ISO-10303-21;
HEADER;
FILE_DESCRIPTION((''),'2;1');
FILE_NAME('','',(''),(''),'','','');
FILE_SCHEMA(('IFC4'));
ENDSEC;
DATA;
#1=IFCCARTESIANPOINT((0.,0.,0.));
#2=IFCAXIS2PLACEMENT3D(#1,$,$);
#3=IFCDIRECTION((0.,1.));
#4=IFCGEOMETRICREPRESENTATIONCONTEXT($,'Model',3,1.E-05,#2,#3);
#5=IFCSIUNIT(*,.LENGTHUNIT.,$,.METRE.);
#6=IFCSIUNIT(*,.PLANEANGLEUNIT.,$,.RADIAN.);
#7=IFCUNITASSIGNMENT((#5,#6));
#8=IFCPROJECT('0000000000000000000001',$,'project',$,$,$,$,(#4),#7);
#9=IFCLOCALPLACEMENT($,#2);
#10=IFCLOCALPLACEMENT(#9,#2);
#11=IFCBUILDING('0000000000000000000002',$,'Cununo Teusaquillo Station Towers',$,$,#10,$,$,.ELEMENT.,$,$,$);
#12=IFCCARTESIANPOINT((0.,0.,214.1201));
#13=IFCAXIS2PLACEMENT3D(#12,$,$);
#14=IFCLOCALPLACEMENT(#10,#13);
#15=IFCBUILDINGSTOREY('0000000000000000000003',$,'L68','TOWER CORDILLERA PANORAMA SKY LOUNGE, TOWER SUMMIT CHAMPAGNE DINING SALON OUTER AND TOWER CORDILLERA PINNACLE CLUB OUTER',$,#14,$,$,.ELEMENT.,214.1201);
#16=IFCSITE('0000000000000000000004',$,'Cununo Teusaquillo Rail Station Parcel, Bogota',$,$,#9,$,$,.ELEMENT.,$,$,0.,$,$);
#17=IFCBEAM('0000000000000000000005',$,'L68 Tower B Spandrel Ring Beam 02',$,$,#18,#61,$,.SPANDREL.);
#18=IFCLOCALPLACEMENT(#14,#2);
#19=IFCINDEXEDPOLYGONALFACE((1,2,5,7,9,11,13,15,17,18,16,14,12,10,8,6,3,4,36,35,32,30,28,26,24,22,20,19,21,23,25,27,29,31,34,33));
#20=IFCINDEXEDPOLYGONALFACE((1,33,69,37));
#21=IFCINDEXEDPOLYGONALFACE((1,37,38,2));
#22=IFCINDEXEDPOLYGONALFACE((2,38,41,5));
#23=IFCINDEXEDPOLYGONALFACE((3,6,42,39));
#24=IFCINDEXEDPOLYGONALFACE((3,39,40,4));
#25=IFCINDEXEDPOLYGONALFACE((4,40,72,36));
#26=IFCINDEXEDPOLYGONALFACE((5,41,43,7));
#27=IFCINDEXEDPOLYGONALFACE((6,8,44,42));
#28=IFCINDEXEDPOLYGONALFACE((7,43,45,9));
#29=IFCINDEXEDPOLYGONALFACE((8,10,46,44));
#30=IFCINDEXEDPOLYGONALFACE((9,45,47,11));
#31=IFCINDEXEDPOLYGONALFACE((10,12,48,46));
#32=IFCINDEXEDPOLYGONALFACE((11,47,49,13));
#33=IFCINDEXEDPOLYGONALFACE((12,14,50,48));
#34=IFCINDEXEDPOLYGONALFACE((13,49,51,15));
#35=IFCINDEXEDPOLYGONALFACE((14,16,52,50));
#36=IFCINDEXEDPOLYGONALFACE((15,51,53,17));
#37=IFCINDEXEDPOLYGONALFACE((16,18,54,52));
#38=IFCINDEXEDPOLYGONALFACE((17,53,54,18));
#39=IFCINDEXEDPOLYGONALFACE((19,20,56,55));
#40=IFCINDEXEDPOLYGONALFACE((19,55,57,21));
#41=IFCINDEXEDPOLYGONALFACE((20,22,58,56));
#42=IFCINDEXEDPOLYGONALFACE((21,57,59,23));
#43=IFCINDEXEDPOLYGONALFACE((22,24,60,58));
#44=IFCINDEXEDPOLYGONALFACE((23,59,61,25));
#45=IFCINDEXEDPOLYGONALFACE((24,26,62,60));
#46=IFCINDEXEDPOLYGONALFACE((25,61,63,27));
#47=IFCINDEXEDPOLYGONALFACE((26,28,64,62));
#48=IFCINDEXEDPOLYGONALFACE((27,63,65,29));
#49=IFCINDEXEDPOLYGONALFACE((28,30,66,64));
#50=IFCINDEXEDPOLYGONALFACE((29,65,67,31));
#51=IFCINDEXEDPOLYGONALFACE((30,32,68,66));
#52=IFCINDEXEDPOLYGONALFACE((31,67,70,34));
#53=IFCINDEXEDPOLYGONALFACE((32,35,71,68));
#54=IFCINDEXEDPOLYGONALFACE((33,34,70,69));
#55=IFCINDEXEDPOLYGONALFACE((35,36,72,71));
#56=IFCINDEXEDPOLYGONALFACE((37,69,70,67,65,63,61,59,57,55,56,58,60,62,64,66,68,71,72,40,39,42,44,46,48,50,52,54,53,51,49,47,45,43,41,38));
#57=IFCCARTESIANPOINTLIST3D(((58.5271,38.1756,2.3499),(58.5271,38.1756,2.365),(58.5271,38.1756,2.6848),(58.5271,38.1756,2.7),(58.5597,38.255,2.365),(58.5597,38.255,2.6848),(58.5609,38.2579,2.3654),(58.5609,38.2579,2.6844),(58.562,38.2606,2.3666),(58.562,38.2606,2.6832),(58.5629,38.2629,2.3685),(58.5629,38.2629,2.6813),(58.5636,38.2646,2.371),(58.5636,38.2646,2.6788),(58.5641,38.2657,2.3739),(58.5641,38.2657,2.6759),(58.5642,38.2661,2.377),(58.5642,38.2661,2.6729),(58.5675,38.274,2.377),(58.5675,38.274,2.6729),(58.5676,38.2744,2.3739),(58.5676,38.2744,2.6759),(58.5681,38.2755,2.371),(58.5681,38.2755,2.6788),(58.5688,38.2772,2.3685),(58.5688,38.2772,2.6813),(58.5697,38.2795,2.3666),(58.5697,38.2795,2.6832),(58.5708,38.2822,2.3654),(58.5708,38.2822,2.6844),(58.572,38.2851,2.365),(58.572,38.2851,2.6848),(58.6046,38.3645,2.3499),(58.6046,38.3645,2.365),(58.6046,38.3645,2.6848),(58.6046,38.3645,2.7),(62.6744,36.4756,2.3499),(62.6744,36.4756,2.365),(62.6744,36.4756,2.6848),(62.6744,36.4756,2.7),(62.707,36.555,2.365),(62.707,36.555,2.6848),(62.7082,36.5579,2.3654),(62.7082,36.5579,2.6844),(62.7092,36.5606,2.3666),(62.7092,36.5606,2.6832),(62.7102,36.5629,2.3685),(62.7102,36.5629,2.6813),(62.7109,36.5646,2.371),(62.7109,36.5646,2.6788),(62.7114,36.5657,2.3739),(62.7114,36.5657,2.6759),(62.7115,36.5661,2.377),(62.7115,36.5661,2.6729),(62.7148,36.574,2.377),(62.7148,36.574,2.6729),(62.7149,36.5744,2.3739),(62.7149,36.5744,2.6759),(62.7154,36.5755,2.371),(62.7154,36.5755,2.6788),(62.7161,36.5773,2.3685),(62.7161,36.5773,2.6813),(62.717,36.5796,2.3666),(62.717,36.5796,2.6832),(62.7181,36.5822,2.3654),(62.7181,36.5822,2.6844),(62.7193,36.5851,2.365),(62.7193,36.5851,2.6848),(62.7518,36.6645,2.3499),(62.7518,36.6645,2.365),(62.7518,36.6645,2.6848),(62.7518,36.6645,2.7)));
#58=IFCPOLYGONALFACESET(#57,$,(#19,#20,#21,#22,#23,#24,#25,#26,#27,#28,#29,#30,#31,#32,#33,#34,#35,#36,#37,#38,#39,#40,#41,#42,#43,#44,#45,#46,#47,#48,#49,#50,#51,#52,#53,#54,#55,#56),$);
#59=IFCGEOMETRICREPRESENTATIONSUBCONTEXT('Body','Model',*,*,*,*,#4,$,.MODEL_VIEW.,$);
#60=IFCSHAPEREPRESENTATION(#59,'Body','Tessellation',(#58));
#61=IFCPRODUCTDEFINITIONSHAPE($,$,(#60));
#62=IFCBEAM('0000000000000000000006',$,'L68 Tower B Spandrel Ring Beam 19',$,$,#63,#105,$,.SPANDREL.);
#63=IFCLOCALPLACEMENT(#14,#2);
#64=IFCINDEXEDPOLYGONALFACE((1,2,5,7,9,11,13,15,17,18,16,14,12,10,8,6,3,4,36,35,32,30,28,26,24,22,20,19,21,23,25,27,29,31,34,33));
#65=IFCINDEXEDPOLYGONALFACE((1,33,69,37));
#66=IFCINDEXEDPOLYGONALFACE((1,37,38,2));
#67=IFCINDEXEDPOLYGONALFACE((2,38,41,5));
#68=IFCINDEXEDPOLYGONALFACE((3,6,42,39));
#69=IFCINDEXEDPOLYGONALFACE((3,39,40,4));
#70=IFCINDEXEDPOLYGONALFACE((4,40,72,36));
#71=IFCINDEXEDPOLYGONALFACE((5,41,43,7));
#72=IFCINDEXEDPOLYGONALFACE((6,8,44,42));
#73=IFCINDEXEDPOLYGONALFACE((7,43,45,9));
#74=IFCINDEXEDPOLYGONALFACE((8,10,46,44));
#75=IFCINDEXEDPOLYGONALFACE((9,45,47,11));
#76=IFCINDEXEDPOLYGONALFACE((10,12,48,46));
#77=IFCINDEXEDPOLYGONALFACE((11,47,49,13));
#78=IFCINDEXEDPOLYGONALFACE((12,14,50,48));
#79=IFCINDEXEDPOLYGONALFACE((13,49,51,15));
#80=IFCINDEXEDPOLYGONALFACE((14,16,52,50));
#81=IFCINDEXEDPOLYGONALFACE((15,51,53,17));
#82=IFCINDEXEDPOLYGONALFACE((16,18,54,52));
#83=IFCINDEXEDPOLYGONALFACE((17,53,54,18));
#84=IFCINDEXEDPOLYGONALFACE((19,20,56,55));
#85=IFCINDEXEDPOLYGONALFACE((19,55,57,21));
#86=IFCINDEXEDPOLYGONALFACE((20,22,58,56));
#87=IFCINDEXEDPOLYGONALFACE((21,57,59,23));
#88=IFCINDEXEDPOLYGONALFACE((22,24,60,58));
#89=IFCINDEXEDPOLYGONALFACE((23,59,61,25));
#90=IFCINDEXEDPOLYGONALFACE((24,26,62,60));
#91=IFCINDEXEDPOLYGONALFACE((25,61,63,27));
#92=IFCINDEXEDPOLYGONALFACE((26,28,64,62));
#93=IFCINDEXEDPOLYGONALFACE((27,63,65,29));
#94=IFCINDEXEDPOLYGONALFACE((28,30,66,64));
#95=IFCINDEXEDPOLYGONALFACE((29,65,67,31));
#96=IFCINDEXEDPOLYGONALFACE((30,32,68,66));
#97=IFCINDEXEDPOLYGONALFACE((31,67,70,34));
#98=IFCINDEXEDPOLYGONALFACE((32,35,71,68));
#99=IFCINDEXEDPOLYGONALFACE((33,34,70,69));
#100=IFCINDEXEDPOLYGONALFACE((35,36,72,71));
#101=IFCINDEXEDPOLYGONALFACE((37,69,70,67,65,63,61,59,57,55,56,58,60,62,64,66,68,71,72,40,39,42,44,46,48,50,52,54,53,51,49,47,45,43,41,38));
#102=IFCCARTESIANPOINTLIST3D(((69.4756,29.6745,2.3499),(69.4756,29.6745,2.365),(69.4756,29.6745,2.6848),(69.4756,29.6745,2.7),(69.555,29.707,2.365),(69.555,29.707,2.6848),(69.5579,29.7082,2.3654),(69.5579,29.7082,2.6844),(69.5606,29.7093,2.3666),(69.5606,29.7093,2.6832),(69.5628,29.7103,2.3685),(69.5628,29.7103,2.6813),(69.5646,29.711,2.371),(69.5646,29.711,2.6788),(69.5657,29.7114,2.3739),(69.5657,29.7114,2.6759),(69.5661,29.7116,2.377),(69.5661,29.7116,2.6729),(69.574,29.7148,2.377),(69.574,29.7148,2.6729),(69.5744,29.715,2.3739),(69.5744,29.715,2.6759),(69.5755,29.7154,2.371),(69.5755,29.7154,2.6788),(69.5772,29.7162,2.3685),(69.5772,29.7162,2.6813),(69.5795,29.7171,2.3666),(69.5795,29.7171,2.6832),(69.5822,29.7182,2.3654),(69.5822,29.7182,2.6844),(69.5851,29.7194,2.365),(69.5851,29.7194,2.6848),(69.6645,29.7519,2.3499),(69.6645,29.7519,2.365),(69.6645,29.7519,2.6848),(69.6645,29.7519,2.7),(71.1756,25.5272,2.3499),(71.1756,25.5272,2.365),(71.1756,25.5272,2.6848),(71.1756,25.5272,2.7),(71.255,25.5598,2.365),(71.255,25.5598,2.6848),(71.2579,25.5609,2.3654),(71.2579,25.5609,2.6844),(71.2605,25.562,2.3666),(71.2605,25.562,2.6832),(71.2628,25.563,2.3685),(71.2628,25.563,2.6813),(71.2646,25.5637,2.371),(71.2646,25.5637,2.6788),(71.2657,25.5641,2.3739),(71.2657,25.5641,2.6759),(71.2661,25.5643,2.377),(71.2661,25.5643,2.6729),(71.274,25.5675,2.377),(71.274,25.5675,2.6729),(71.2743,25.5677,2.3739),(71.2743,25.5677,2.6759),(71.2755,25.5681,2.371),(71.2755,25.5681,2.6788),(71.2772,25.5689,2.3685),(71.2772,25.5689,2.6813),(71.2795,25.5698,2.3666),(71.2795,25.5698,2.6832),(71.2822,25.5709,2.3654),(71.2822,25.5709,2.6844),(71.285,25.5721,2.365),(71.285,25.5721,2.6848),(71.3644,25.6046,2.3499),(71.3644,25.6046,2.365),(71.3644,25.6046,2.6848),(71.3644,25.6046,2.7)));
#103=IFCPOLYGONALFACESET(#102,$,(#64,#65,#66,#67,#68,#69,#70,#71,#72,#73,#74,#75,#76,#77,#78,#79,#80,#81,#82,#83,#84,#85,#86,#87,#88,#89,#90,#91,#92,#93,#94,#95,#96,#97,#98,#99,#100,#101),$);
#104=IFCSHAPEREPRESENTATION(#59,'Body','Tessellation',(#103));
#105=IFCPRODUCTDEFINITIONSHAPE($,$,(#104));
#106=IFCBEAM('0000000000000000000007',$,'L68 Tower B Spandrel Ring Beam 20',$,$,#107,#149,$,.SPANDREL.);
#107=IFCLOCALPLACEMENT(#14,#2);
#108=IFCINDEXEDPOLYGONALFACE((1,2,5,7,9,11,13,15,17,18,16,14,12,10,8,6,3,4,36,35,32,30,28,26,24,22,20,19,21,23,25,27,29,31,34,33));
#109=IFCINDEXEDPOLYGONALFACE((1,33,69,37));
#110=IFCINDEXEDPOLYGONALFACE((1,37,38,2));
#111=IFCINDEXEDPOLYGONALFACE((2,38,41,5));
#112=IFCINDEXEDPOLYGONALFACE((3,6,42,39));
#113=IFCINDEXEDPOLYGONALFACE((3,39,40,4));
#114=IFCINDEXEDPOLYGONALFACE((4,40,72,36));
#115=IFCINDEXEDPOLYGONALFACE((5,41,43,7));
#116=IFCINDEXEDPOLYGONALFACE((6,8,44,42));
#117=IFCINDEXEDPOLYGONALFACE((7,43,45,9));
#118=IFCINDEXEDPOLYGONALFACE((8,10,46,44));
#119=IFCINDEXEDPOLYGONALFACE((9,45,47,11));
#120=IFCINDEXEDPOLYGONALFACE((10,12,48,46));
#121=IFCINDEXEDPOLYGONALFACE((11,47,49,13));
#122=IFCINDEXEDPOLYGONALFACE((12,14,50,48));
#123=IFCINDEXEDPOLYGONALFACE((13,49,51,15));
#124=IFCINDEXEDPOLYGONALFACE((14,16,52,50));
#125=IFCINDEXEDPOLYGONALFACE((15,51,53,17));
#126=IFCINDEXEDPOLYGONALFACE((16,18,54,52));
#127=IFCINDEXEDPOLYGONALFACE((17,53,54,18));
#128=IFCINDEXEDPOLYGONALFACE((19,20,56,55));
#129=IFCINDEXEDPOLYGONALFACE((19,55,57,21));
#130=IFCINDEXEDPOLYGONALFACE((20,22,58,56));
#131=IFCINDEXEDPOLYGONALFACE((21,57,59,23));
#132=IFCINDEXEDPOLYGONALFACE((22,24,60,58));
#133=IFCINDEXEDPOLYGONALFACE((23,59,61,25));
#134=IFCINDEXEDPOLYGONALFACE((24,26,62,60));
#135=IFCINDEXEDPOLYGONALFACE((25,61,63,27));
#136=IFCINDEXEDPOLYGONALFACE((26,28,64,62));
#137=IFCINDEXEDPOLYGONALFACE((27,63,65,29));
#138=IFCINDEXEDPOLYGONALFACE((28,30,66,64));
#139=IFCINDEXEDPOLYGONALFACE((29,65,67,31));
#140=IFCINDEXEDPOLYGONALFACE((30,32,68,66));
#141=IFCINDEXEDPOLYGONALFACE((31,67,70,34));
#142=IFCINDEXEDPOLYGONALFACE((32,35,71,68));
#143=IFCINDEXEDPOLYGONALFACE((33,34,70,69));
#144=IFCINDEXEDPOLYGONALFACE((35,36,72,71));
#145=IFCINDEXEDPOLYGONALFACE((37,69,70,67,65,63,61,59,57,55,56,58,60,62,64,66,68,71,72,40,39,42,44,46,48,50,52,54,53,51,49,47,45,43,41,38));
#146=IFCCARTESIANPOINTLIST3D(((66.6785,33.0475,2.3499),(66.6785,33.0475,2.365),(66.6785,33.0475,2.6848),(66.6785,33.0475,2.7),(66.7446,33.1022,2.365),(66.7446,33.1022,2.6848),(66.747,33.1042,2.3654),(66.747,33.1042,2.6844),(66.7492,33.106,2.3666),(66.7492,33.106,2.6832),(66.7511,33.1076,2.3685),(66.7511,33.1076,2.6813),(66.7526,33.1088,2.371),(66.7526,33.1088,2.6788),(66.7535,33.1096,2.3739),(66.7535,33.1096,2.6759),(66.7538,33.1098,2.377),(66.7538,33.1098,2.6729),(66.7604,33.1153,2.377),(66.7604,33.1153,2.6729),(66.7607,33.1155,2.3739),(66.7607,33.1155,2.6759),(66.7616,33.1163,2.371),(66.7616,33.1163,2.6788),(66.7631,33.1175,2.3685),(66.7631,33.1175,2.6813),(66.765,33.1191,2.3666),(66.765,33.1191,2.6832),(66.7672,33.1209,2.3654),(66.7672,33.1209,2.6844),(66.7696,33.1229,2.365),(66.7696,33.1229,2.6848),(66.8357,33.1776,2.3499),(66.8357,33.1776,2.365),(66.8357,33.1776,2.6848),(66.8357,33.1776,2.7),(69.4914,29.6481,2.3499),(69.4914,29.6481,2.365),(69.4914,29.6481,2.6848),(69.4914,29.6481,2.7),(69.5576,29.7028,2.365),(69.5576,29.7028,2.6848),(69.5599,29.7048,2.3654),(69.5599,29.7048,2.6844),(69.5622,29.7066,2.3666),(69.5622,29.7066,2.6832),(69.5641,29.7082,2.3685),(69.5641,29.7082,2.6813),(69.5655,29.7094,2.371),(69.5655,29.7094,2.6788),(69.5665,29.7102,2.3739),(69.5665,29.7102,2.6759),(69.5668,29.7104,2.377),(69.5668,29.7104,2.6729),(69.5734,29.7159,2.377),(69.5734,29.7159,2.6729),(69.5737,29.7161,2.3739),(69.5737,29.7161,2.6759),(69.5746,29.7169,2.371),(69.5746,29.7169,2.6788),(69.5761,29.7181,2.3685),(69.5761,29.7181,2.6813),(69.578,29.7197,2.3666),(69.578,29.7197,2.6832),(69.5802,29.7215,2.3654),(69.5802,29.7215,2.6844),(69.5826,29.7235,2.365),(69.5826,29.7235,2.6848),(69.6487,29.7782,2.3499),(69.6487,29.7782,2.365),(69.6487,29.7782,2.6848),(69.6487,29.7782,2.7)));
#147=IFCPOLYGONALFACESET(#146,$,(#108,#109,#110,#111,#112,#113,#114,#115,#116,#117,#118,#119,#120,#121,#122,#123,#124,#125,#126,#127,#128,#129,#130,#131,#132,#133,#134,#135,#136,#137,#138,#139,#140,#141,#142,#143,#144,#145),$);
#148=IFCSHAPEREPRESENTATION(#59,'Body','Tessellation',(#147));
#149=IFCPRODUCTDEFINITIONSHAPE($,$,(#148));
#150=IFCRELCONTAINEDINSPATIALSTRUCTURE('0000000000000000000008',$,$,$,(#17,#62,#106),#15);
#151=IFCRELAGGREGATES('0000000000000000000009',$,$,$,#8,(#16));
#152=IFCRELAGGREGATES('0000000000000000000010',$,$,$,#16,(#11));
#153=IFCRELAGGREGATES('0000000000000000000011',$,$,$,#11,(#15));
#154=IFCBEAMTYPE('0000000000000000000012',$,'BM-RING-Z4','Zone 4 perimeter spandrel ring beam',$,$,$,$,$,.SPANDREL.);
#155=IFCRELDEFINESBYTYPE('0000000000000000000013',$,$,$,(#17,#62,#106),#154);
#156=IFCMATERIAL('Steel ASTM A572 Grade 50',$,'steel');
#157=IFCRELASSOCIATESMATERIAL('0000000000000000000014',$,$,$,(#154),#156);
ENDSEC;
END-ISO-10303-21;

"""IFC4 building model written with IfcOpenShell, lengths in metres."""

from ifc_helpers import new_model, si_unit, direction, frame, origin, origin_2d, place, context, subcontext, project, spatial, i_section, extrude, material, material_profile, profile_set, type_object, element, save


model = new_model("IFC4")

# Units and contexts
model_context = context("Model", 3, precision=1e-05, world=origin(), true_north=direction((0.0, 1.0)))
body_context = subcontext(model_context, "Body", "Model", "MODEL_VIEW")
ifc_project = project(units=[si_unit("LENGTHUNIT", "METRE"), si_unit("PLANEANGLEUNIT", "RADIAN")], contexts=[model_context])

# Site, building, storey
site_placement = place(None, origin())
site = spatial("IfcSite", under=ifc_project, at=site_placement, Name="Cununo Teusaquillo Rail Station Parcel, Bogota", CompositionType="ELEMENT", RefElevation=0.0)
building_placement = place(site_placement, origin())
building = spatial("IfcBuilding", under=site, at=building_placement, Name="Cununo Teusaquillo Station Towers", CompositionType="ELEMENT")
storey_placement = place(building_placement, frame((0.0, 0.0, 214.1201)))
storey = spatial("IfcBuildingStorey", under=building, at=storey_placement, Name="L68", Description="TOWER CORDILLERA PANORAMA SKY LOUNGE, TOWER SUMMIT CHAMPAGNE DINING SALON OUTER AND TOWER CORDILLERA PINNACLE CLUB OUTER", CompositionType="ELEMENT", Elevation=214.1201)

# Beams
ifc_material_1 = material(Name="Steel ASTM A572 Grade 50", Category="steel")
ifc_material_profile_1 = material_profile(ifc_material_1, i_section(OverallWidth=0.2041, OverallDepth=0.3501, WebThickness=0.0085, FlangeThickness=0.0151, FilletRadius=0.012, at=origin_2d()), Name="W14X48")
ifc_profile_set_1 = profile_set([ifc_material_profile_1], Name="Steel ASTM A572 Grade 50")
beam_type_1 = type_object("IfcBeamType", Name="BM-RING-Z4", Description="Zone 4 perimeter spandrel ring beam", PredefinedType="SPANDREL", material=ifc_profile_set_1)
for number, where, z_axis, x_axis, name in (
    (1, (62.7131, 36.5701, 2.5249), (-0.925284, 0.379275, 0.0), (-0.379275, -0.925284, 0.0), "L68 Tower B Spandrel Ring Beam 02"),
    (2, (71.27, 25.5659, 2.5249), (-0.379275, 0.925284, 0.0), (-0.925284, -0.379275, 0.0), "L68 Tower B Spandrel Ring Beam 19"),
):
    element("IfcBeam", number, at=place(storey_placement, frame(where, z_axis=z_axis, x_axis=x_axis)), inside=storey, type_object=beam_type_1, Name=name, PredefinedType="SPANDREL", context=body_context, shape_type="SweptSolid", body=[
        extrude(i_section(OverallWidth=0.2041, OverallDepth=0.3501, WebThickness=0.0085, FlangeThickness=0.0151, FilletRadius=0.012, at=origin_2d()), origin(), (0.0, 0.0, 1.0), 4.4822),
    ])
beam_1_placement = place(storey_placement, frame((69.5701, 29.7131, 2.5249), z_axis=(-0.637525, 0.77043, 0.0), x_axis=(-0.77043, -0.637525, 0.0)))
element("IfcBeam", 3, at=beam_1_placement, inside=storey, type_object=beam_type_1, Name="L68 Tower B Spandrel Ring Beam 20", PredefinedType="SPANDREL", context=body_context, shape_type="SweptSolid", body=[
    extrude(i_section(OverallWidth=0.2041, OverallDepth=0.3501, WebThickness=0.0085, FlangeThickness=0.0151, FilletRadius=0.012, at=origin_2d()), origin(), (0.0, 0.0, 1.0), 4.4124),
])

save(model, "model.ifc")
